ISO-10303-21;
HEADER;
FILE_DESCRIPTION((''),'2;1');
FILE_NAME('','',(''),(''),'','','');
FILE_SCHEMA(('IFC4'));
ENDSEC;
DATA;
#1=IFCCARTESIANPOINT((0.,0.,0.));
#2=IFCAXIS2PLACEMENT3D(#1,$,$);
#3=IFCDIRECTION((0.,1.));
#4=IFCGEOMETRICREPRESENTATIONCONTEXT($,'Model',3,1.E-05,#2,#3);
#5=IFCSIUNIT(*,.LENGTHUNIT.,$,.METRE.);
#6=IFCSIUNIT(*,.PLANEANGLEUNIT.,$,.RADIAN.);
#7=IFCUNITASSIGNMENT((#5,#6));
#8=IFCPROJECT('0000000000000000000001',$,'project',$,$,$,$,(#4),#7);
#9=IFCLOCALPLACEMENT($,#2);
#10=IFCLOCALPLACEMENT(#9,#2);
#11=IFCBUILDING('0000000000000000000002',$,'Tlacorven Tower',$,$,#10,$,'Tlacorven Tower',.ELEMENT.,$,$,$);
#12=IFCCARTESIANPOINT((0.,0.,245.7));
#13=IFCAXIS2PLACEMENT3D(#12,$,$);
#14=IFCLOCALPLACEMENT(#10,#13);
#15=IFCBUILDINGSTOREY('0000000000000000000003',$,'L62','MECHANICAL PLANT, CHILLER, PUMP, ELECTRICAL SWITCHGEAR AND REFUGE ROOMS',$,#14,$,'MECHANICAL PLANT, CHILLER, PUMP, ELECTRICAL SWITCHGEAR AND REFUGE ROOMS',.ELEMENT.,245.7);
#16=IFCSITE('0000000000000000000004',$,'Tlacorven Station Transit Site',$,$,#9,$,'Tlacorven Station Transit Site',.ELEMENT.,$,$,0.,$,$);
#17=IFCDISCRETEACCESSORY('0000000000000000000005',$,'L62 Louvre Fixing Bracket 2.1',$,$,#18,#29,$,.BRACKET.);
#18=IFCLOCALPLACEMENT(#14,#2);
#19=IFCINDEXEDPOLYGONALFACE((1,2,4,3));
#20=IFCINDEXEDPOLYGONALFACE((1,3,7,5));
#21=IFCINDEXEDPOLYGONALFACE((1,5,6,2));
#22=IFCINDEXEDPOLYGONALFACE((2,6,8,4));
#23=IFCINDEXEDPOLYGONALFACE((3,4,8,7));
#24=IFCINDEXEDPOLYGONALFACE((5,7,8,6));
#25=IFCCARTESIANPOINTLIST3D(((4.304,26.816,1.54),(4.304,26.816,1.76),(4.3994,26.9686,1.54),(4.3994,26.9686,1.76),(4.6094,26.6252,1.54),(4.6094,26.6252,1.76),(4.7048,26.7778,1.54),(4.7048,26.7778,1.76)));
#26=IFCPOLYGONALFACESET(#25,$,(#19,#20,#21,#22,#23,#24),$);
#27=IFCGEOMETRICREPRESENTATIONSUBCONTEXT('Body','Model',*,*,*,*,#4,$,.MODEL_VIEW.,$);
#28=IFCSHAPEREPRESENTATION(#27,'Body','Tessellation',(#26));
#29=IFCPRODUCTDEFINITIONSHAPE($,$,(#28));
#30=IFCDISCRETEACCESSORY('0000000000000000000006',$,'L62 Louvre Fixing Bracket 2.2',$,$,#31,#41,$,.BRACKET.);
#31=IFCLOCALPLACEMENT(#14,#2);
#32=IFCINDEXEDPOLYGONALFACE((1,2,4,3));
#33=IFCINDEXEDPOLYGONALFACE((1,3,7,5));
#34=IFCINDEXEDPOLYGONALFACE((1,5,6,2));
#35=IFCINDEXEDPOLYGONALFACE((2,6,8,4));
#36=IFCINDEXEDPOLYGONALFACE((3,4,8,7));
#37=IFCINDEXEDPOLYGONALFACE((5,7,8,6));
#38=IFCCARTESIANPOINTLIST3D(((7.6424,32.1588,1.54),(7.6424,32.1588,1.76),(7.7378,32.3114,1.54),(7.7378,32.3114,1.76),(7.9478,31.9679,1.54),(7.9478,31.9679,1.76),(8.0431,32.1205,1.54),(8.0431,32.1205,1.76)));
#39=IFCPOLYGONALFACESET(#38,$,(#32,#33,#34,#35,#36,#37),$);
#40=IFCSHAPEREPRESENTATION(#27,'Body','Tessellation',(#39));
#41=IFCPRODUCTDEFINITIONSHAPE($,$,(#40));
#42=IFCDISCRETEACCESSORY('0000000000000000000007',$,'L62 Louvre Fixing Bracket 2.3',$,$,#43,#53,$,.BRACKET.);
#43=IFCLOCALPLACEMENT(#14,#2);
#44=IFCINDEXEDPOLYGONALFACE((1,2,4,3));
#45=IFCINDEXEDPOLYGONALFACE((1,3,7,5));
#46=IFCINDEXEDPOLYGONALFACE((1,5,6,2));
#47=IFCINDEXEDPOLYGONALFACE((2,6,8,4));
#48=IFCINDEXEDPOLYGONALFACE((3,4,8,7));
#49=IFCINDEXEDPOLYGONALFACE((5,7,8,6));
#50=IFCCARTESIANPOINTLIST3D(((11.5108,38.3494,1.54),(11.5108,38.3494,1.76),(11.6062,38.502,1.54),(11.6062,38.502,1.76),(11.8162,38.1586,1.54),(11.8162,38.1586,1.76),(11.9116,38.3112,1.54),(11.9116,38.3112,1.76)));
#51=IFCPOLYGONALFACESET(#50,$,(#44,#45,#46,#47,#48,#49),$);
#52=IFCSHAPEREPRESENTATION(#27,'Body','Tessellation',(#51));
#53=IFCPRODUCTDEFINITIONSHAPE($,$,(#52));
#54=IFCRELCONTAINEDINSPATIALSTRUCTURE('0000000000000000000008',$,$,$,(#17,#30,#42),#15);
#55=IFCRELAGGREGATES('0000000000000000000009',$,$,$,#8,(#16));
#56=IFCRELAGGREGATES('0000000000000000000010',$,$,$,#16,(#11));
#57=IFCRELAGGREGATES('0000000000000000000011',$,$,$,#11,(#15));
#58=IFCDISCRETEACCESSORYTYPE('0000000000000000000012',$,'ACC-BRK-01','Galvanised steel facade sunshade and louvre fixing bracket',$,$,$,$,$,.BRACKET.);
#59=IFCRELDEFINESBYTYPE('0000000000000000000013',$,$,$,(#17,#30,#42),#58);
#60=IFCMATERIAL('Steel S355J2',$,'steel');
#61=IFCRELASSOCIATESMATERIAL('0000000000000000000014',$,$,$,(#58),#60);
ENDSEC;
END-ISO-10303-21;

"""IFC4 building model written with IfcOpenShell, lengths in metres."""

from ifc_helpers import new_model, si_unit, direction, frame, origin, origin_2d, place, context, subcontext, project, spatial, rectangle, extrude, source, transform, mapped, material, type_object, element, save


model = new_model("IFC4")

# Units and contexts
model_context = context("Model", 3, precision=1e-05, world=origin(), true_north=direction((0.0, 1.0)))
body_context = subcontext(model_context, "Body", "Model", "MODEL_VIEW")
ifc_project = project(units=[si_unit("LENGTHUNIT", "METRE"), si_unit("PLANEANGLEUNIT", "RADIAN")], contexts=[model_context])

# Site, building, storey
site_placement = place(None, origin())
site = spatial("IfcSite", under=ifc_project, at=site_placement, Name="Tlacorven Station Transit Site", LongName="Tlacorven Station Transit Site", CompositionType="ELEMENT", RefElevation=0.0)
building_placement = place(site_placement, origin())
building = spatial("IfcBuilding", under=site, at=building_placement, Name="Tlacorven Tower", LongName="Tlacorven Tower", CompositionType="ELEMENT")
storey_placement = place(building_placement, frame((0.0, 0.0, 245.7)))
storey = spatial("IfcBuildingStorey", under=building, at=storey_placement, Name="L62", Description="MECHANICAL PLANT, CHILLER, PUMP, ELECTRICAL SWITCHGEAR AND REFUGE ROOMS", LongName="MECHANICAL PLANT, CHILLER, PUMP, ELECTRICAL SWITCHGEAR AND REFUGE ROOMS", CompositionType="ELEMENT", Elevation=245.7)

# Shared definitions
ifc_material_1 = material(Name="Steel S355J2", Category="steel")

# Discrete accessories
discrete_accessory_type = type_object("IfcDiscreteAccessoryType", Name="ACC-BRK-01", Description="Galvanised steel facade sunshade and louvre fixing bracket", PredefinedType="BRACKET", material=ifc_material_1)
shared_shape_1 = source(origin(), body_context, "Body", "SweptSolid", [
    extrude(rectangle(XDim=0.1799, YDim=0.3601, at=origin_2d()), origin(), (0.0, 0.0, 1.0), 0.22),
])
for number, where, z_axis, x_axis, name in (
    (1, (4.5044, 26.7969, 1.54), (0.0, 0.0, 1.0), (0.529919, 0.848048, 0.0), "L62 Louvre Fixing Bracket 2.1"),
    (2, (7.8428, 32.1396, 1.54), (0.0, 0.0, 1.0), (0.529919, 0.848048, 0.0), "L62 Louvre Fixing Bracket 2.2"),
    (3, (11.7112, 38.3303, 1.54), (0.0, 0.0, 1.0), (0.529919, 0.848048, 0.0), "L62 Louvre Fixing Bracket 2.3"),
):
    element("IfcDiscreteAccessory", number, at=place(storey_placement, frame(where, z_axis=z_axis, x_axis=x_axis)), inside=storey, type_object=discrete_accessory_type, Name=name, PredefinedType="BRACKET", context=body_context, shape_type="MappedRepresentation", body=[
        mapped(shared_shape_1, transform((0.0, 0.0, 0.0), scale=1.0)),
    ])

save(model, "model.ifc")
